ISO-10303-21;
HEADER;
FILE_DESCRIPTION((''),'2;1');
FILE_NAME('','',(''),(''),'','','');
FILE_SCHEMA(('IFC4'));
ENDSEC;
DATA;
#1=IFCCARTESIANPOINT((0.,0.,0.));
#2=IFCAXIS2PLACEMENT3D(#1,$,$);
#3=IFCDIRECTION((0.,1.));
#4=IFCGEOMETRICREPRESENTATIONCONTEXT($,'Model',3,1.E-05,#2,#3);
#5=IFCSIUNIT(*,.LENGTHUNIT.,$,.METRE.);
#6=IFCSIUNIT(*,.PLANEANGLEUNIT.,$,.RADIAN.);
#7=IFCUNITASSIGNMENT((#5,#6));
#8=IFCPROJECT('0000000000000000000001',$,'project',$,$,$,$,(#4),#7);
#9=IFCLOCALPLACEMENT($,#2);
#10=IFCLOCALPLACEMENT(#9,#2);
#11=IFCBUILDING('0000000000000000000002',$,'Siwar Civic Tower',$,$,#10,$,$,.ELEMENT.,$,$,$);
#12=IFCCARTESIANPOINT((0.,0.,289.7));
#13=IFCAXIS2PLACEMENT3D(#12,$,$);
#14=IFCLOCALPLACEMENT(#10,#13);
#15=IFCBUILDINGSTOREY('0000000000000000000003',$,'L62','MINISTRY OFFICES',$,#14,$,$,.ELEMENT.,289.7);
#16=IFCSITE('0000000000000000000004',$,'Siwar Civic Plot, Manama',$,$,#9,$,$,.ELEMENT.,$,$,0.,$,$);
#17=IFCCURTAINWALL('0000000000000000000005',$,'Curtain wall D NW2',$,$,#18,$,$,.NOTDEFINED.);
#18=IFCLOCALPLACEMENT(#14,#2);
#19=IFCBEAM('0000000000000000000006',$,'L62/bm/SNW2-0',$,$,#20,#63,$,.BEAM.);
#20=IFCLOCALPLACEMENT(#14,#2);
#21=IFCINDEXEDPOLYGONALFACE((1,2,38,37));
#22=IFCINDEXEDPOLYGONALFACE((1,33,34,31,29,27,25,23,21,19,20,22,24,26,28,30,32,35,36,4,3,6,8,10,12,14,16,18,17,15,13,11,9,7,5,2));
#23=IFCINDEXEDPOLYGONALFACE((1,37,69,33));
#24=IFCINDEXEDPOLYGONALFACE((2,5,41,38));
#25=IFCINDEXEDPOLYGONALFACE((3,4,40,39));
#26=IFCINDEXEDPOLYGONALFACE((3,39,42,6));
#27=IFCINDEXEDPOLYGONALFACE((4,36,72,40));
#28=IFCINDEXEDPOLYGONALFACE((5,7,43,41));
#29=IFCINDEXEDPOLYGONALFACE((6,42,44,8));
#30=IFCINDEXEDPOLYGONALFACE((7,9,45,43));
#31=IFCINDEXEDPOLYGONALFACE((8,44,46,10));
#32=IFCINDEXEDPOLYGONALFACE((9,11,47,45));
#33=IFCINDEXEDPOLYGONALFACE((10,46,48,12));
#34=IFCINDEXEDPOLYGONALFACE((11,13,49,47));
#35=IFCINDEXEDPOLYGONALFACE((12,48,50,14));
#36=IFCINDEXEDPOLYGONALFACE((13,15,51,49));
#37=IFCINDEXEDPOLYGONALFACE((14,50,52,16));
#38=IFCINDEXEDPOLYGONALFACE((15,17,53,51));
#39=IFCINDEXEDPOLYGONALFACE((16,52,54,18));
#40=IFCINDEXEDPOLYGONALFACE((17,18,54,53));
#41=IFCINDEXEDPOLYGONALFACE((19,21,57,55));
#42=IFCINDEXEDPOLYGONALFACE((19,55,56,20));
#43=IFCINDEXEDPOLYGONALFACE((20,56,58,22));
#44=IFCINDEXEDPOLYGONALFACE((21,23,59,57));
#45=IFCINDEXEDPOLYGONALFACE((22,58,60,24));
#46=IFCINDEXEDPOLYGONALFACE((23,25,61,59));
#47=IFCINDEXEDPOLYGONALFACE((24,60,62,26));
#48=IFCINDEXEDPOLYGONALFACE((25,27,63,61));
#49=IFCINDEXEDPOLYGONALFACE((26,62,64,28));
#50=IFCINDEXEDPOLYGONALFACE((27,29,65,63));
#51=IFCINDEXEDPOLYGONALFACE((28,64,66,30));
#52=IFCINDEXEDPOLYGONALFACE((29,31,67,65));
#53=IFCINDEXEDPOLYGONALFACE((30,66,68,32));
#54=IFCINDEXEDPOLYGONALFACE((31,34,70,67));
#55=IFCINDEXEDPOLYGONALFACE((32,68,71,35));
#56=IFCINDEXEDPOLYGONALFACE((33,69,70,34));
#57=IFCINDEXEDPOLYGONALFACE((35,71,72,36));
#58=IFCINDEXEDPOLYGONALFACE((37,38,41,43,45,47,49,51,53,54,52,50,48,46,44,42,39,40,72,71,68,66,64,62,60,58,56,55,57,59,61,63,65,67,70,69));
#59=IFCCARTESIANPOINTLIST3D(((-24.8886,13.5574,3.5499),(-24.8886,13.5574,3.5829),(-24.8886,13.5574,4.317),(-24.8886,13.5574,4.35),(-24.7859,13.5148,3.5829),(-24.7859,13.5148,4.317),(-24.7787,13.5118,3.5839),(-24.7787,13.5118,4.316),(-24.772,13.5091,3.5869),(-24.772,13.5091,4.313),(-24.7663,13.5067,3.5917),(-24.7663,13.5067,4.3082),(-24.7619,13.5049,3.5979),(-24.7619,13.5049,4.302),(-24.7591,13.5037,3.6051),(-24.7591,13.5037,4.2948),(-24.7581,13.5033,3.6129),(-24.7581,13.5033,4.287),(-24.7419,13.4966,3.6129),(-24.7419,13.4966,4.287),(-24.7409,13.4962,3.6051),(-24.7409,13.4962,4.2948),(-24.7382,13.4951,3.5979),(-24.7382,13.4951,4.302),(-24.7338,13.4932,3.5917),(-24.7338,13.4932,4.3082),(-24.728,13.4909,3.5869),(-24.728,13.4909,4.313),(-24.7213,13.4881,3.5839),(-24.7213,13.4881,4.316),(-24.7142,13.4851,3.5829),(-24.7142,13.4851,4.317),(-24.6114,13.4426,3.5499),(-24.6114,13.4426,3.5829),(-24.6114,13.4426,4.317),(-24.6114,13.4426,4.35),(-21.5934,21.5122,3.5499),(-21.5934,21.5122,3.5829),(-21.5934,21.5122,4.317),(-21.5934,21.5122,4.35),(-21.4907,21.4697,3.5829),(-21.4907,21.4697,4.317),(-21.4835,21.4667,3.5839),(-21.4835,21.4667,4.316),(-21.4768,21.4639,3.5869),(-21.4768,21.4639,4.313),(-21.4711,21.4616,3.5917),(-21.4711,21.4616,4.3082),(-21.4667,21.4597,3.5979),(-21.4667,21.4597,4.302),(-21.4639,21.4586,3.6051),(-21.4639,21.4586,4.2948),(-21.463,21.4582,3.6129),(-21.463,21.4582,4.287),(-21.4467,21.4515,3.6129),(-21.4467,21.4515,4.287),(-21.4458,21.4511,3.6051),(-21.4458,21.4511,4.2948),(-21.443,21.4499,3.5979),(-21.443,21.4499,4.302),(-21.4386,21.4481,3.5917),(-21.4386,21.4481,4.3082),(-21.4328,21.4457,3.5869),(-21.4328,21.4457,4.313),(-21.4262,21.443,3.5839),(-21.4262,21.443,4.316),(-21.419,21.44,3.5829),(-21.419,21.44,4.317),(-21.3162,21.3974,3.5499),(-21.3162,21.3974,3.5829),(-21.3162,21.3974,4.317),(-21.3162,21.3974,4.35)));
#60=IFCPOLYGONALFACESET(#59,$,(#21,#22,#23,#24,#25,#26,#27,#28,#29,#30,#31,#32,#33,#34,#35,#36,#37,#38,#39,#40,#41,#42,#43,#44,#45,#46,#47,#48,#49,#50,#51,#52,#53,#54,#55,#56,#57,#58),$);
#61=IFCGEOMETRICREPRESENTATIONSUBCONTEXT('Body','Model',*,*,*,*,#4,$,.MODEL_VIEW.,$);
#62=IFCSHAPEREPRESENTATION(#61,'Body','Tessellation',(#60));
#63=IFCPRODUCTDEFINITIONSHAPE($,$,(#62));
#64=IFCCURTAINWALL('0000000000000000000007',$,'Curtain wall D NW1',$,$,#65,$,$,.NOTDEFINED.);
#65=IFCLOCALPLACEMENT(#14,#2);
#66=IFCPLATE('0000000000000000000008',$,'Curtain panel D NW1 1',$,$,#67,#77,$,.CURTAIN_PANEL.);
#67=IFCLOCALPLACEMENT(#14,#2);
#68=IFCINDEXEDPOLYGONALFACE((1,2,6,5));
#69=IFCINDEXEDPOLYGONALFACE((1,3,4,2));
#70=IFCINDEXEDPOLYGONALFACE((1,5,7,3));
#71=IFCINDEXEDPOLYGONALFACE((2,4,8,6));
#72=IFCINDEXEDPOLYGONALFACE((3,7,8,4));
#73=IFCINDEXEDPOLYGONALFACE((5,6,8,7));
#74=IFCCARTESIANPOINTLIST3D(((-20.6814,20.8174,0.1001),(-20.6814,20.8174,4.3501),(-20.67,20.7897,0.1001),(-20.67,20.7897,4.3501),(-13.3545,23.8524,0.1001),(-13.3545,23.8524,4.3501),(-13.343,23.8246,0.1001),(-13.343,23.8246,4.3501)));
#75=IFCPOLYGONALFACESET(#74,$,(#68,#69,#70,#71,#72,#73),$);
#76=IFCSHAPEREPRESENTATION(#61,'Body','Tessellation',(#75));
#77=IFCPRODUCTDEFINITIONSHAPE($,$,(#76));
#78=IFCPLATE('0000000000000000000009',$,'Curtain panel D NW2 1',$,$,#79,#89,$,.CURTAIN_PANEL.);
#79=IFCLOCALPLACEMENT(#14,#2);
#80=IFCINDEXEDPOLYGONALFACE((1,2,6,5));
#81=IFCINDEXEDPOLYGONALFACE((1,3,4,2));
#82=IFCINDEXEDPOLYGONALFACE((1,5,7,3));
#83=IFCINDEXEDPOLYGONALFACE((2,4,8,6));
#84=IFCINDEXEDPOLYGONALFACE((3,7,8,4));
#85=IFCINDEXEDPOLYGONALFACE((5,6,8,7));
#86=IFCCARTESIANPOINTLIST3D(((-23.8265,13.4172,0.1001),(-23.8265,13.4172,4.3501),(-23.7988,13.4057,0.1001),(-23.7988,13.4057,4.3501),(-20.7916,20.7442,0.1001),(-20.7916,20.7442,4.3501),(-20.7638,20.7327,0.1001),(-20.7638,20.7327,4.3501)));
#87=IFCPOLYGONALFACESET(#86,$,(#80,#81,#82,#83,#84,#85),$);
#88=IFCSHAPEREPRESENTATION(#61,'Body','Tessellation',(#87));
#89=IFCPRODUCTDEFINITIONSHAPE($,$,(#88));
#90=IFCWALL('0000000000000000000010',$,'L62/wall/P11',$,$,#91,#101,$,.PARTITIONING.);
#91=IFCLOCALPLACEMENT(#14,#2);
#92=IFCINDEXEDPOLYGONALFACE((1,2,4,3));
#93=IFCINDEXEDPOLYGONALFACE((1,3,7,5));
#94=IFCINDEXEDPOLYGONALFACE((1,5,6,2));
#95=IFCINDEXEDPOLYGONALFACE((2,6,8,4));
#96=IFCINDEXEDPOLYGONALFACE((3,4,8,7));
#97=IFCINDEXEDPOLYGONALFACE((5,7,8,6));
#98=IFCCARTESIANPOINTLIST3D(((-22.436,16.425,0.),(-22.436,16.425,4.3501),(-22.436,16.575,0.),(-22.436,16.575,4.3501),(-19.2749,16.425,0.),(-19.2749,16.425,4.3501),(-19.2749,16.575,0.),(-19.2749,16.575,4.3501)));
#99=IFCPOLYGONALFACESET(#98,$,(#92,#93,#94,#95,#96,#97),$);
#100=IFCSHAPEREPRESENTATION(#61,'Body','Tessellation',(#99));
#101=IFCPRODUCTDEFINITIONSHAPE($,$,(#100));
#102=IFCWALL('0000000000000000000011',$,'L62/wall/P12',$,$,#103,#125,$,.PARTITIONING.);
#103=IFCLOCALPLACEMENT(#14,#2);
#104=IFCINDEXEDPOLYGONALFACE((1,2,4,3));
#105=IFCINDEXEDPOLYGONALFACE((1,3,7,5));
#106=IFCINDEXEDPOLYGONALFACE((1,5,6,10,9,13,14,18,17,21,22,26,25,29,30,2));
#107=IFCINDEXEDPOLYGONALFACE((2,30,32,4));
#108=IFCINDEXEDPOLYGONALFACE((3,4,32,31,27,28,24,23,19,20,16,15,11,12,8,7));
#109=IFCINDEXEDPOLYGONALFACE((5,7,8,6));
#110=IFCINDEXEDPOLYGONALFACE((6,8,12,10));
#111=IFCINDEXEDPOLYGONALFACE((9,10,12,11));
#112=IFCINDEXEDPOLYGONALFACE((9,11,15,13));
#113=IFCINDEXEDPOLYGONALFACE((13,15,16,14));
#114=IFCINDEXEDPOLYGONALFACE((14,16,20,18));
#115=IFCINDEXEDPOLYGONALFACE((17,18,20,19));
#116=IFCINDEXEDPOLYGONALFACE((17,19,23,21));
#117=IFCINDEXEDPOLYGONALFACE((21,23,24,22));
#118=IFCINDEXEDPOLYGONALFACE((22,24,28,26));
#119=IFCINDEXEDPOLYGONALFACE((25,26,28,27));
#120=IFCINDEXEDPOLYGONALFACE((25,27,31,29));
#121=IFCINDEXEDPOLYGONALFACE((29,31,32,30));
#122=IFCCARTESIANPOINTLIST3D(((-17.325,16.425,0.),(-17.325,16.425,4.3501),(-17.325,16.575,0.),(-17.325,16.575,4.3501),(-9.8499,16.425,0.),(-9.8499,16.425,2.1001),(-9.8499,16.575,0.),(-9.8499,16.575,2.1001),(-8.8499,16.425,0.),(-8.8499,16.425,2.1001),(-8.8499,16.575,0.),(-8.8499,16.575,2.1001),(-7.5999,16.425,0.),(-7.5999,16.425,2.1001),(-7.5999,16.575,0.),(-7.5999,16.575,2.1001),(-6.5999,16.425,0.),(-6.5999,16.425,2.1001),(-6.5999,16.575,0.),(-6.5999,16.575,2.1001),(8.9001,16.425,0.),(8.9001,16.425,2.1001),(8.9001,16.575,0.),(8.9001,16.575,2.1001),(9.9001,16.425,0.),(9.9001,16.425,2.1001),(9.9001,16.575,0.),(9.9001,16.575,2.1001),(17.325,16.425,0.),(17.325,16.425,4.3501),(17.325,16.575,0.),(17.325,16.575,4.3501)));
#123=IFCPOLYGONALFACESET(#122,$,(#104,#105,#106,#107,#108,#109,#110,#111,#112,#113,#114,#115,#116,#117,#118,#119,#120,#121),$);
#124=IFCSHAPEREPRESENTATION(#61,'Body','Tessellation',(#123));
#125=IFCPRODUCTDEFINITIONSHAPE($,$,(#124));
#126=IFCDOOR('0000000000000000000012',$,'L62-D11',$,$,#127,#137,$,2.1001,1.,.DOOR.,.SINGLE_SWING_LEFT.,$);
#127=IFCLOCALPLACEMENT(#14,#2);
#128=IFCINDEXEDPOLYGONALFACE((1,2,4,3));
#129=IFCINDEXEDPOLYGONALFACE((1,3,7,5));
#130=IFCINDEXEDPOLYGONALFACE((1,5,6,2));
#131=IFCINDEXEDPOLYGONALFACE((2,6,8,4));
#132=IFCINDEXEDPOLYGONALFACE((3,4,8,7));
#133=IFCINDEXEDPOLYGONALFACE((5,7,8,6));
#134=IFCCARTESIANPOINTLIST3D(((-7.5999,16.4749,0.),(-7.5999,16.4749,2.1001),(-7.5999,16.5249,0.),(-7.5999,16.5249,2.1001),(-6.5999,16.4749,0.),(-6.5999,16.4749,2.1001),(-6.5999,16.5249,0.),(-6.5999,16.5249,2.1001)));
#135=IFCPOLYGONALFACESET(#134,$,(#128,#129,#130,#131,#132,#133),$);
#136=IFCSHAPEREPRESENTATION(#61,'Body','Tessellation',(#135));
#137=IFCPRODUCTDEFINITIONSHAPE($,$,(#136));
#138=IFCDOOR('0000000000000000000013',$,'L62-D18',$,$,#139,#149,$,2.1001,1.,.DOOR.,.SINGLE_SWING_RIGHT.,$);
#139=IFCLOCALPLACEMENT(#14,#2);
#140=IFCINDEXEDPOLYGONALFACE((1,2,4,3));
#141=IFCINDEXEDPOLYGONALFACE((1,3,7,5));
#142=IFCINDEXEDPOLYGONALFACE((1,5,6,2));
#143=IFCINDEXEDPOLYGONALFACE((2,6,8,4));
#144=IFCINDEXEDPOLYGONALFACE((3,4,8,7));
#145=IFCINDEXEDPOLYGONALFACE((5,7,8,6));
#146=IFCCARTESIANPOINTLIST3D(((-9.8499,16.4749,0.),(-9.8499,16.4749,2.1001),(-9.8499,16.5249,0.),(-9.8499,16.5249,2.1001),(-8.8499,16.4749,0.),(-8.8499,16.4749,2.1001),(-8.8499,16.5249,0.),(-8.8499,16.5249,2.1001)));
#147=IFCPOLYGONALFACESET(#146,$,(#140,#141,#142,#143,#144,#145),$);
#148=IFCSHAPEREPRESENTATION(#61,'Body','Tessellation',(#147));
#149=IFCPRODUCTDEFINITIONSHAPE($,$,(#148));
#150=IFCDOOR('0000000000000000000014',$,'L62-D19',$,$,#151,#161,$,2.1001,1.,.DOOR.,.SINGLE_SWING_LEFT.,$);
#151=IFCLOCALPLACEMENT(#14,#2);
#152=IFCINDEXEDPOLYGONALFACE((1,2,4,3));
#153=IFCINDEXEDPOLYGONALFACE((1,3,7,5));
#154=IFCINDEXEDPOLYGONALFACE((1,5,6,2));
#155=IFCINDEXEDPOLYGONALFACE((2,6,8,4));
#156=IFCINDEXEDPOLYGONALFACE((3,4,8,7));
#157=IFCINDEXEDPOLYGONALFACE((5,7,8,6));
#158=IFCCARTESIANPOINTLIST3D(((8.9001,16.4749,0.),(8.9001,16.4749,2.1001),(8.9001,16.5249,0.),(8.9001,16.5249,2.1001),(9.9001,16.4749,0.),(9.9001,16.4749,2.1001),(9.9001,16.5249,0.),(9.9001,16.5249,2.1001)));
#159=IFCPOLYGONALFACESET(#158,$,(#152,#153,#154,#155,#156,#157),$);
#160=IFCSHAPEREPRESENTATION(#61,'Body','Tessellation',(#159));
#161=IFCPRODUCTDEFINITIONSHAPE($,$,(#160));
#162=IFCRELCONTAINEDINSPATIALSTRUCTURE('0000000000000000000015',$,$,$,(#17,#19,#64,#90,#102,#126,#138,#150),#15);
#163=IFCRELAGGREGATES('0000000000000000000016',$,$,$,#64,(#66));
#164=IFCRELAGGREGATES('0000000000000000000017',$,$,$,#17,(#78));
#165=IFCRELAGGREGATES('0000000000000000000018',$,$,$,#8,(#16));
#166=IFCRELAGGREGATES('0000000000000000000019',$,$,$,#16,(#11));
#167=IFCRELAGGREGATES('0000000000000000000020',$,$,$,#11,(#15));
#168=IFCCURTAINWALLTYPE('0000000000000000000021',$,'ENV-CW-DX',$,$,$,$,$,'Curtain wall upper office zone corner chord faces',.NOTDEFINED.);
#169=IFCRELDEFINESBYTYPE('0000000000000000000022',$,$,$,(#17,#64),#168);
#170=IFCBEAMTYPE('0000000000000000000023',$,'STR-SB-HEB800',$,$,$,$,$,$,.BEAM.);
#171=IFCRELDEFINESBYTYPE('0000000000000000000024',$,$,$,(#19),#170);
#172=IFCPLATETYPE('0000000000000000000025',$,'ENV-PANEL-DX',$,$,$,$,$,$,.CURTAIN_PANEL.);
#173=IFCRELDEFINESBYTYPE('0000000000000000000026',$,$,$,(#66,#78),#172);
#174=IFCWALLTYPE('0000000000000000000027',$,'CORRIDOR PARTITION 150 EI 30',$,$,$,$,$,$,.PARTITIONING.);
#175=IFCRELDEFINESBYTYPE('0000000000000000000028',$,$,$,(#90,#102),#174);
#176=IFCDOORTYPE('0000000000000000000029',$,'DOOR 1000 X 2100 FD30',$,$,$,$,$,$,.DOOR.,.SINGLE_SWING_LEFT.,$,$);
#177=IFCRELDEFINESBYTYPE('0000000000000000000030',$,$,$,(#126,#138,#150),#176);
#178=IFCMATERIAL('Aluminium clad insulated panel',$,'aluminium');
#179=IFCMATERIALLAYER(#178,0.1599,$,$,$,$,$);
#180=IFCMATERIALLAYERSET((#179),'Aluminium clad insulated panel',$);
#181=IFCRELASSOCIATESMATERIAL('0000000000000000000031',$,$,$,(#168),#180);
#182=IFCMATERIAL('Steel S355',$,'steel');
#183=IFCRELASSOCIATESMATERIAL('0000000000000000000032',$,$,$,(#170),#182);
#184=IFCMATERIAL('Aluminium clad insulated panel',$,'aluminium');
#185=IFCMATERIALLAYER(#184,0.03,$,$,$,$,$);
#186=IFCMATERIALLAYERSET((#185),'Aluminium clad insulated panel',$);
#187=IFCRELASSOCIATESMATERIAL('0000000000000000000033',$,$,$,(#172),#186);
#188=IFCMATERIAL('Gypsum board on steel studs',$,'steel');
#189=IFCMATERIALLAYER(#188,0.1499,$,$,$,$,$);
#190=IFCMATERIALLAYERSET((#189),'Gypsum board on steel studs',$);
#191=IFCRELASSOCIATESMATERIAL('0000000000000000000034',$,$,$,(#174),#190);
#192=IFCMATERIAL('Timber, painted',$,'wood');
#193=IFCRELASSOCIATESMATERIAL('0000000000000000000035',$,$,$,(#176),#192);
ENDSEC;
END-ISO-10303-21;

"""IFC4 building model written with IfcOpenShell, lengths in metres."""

from ifc_helpers import new_model, si_unit, direction, frame, frame_2d, origin, origin_2d, place, context, subcontext, project, spatial, rectangle, i_section, extrude, material, layer, layer_set, material_profile, profile_set, type_object, element, fill, aggregate, save


model = new_model("IFC4")

# Units and contexts
model_context = context("Model", 3, precision=1e-05, world=origin(), true_north=direction((0.0, 1.0)))
body_context = subcontext(model_context, "Body", "Model", "MODEL_VIEW")
ifc_project = project(units=[si_unit("LENGTHUNIT", "METRE"), si_unit("PLANEANGLEUNIT", "RADIAN")], contexts=[model_context])

# Site, building, storey
site_placement = place(None, origin())
site = spatial("IfcSite", under=ifc_project, at=site_placement, Name="Siwar Civic Plot, Manama", CompositionType="ELEMENT", RefElevation=0.0)
building_placement = place(site_placement, origin())
building = spatial("IfcBuilding", under=site, at=building_placement, Name="Siwar Civic Tower", CompositionType="ELEMENT")
storey_placement = place(building_placement, frame((0.0, 0.0, 289.7)))
storey = spatial("IfcBuildingStorey", under=building, at=storey_placement, Name="L62", Description="MINISTRY OFFICES", CompositionType="ELEMENT", Elevation=289.7)

# Curtain wall
ifc_material_1 = material(Name="Aluminium clad insulated panel", Category="aluminium")
ifc_layer_1 = layer(ifc_material_1, 0.1599)
ifc_layer_set_1 = layer_set([ifc_layer_1], Name="Aluminium clad insulated panel")
curtain_wall_type = type_object("IfcCurtainWallType", Name="ENV-CW-DX", ElementType="Curtain wall upper office zone corner chord faces", PredefinedType="NOTDEFINED", material=ifc_layer_set_1)
curtain_wall_1_placement = place(storey_placement, origin())
curtain_wall_1 = element("IfcCurtainWall", 1, at=curtain_wall_1_placement, inside=storey, type_object=curtain_wall_type, Name="Curtain wall D NW2", PredefinedType="NOTDEFINED")

# Beam
ifc_material_2 = material(Name="Steel S355", Category="steel")
ifc_material_profile_1 = material_profile(ifc_material_2, i_section(OverallWidth=0.3, OverallDepth=0.8, WebThickness=0.0176, FlangeThickness=0.033, FilletRadius=0.03, at=origin_2d()), Name="HEB800")
ifc_profile_set_1 = profile_set([ifc_material_profile_1], Name="Steel S355")
beam_type_1 = type_object("IfcBeamType", Name="STR-SB-HEB800", PredefinedType="BEAM", material=ifc_profile_set_1)
beam_1_placement = place(storey_placement, frame((-21.4548, 21.4548, 3.95), z_axis=(-0.3827, -0.923873, 0.0), x_axis=(0.923873, -0.3827, 0.0)))
element("IfcBeam", 2, at=beam_1_placement, inside=storey, type_object=beam_type_1, Name="L62/bm/SNW2-0", PredefinedType="BEAM", context=body_context, shape_type="SweptSolid", body=[
    extrude(i_section(OverallWidth=0.3, OverallDepth=0.8, WebThickness=0.0176, FlangeThickness=0.033, FilletRadius=0.03, at=origin_2d()), origin(), (0.0, 0.0, 1.0), 8.6104),
])

# Curtain wall, plate
curtain_wall_2_placement = place(storey_placement, origin())
curtain_wall_2 = element("IfcCurtainWall", 3, at=curtain_wall_2_placement, inside=storey, type_object=curtain_wall_type, Name="Curtain wall D NW1", PredefinedType="NOTDEFINED")
ifc_material_3 = material(Name="Aluminium clad insulated panel", Category="aluminium")
ifc_layer_2 = layer(ifc_material_3, 0.03)
ifc_layer_set_2 = layer_set([ifc_layer_2], Name="Aluminium clad insulated panel")
plate_type = type_object("IfcPlateType", Name="ENV-PANEL-DX", PredefinedType="CURTAIN_PANEL", material=ifc_layer_set_2)
plate_1_placement = place(storey_placement, frame((-17.0122, 22.321, 0.1001), z_axis=(0.0, 0.0, 1.0), x_axis=(-0.92388, -0.382683, 0.0)))
plate_1 = element("IfcPlate", 4, at=plate_1_placement, type_object=plate_type, Name="Curtain panel D NW1 1", PredefinedType="CURTAIN_PANEL", context=body_context, shape_type="SweptSolid", body=[
    extrude(rectangle(XDim=7.9307, YDim=0.03, at=origin_2d()), origin(), (0.0, 0.0, 1.0), 4.25),
])
aggregate(curtain_wall_2, [plate_1])

# Plate
plate_2_placement = place(storey_placement, frame((-22.2952, 17.075, 0.1001), z_axis=(0.0, 0.0, 1.0), x_axis=(-0.382683, -0.92388, 0.0)))
plate_2 = element("IfcPlate", 5, at=plate_2_placement, type_object=plate_type, Name="Curtain panel D NW2 1", PredefinedType="CURTAIN_PANEL", context=body_context, shape_type="SweptSolid", body=[
    extrude(rectangle(XDim=7.9307, YDim=0.03, at=origin_2d()), origin(), (0.0, 0.0, 1.0), 4.25),
])
aggregate(curtain_wall_1, [plate_2])

# Wall
ifc_material_4 = material(Name="Gypsum board on steel studs", Category="steel")
ifc_layer_3 = layer(ifc_material_4, 0.1499)
ifc_layer_set_3 = layer_set([ifc_layer_3], Name="Gypsum board on steel studs")
wall_type = type_object("IfcWallType", Name="CORRIDOR PARTITION 150 EI 30", PredefinedType="PARTITIONING", material=ifc_layer_set_3)
wall_1_placement = place(storey_placement, frame((-22.436, 16.5, 0.0), z_axis=(0.0, 0.0, 1.0), x_axis=(1.0, 0.0, 0.0)))
element("IfcWall", 6, at=wall_1_placement, inside=storey, type_object=wall_type, Name="L62/wall/P11", PredefinedType="PARTITIONING", context=body_context, shape_type="SweptSolid", body=[
    extrude(rectangle(XDim=3.1611, YDim=0.1499, at=frame_2d((1.5806, 0.0))), origin(), (0.0, 0.0, 1.0), 4.3501),
])

# Wall, openings, doors
wall_2_placement = place(storey_placement, frame((-17.325, 16.5, 0.0), z_axis=(0.0, 0.0, 1.0), x_axis=(1.0, 0.0, 0.0)))
wall_2 = element("IfcWall", 7, at=wall_2_placement, inside=storey, type_object=wall_type, Name="L62/wall/P12", PredefinedType="PARTITIONING", context=body_context, shape_type="SweptSolid", body=[
    extrude(rectangle(XDim=34.6499, YDim=0.1499, at=frame_2d((17.325, 0.0))), origin(), (0.0, 0.0, 1.0), 4.3501),
])
opening_1_placement = place(wall_2_placement, frame((9.7251, 0.0, 0.0)))
opening_1 = element("IfcOpeningElement", 8, at=opening_1_placement, cuts=wall_2, PredefinedType="OPENING", context=body_context, shape_type="SweptSolid", body=[
    extrude(rectangle(XDim=1.0, YDim=2.1001, at=frame_2d((0.5, 1.05))), frame((0.0, 0.085, 0.0), z_axis=(0.0, -1.0, 0.0), x_axis=(1.0, 0.0, 0.0)), (0.0, 0.0, 1.0), 0.1699),
])
opening_2_placement = place(wall_2_placement, frame((7.4751, 0.0, 0.0)))
opening_2 = element("IfcOpeningElement", 9, at=opening_2_placement, cuts=wall_2, PredefinedType="OPENING", context=body_context, shape_type="SweptSolid", body=[
    extrude(rectangle(XDim=1.0, YDim=2.1001, at=frame_2d((0.5, 1.05))), frame((0.0, 0.085, 0.0), z_axis=(0.0, -1.0, 0.0), x_axis=(1.0, 0.0, 0.0)), (0.0, 0.0, 1.0), 0.1699),
])
opening_3_placement = place(wall_2_placement, frame((26.2251, 0.0, 0.0)))
opening_3 = element("IfcOpeningElement", 10, at=opening_3_placement, cuts=wall_2, PredefinedType="OPENING", context=body_context, shape_type="SweptSolid", body=[
    extrude(rectangle(XDim=1.0, YDim=2.1001, at=frame_2d((0.5, 1.05))), frame((0.0, 0.085, 0.0), z_axis=(0.0, -1.0, 0.0), x_axis=(1.0, 0.0, 0.0)), (0.0, 0.0, 1.0), 0.1699),
])
ifc_material_5 = material(Name="Timber, painted", Category="wood")
door_type = type_object("IfcDoorType", Name="DOOR 1000 X 2100 FD30", OperationType="SINGLE_SWING_LEFT", PredefinedType="DOOR", material=ifc_material_5)
door_1_placement = place(opening_1_placement, origin())
door_1 = element("IfcDoor", 11, at=door_1_placement, inside=storey, type_object=door_type, Name="L62-D11", OperationType="SINGLE_SWING_LEFT", OverallHeight=2.1001, OverallWidth=1.0, PredefinedType="DOOR", context=body_context, shape_type="SweptSolid", body=[
    extrude(rectangle(XDim=1.0, YDim=2.1001, at=frame_2d((0.5, 1.05))), frame((0.0, 0.0249, 0.0), z_axis=(0.0, -1.0, 0.0), x_axis=(1.0, 0.0, 0.0)), (0.0, 0.0, 1.0), 0.05),
])
fill(opening_1, door_1)
door_2_placement = place(opening_2_placement, origin())
door_2 = element("IfcDoor", 12, at=door_2_placement, inside=storey, type_object=door_type, Name="L62-D18", OperationType="SINGLE_SWING_RIGHT", OverallHeight=2.1001, OverallWidth=1.0, PredefinedType="DOOR", context=body_context, shape_type="SweptSolid", body=[
    extrude(rectangle(XDim=1.0, YDim=2.1001, at=frame_2d((0.5, 1.05))), frame((0.0, 0.0249, 0.0), z_axis=(0.0, -1.0, 0.0), x_axis=(1.0, 0.0, 0.0)), (0.0, 0.0, 1.0), 0.05),
])
fill(opening_2, door_2)
door_3_placement = place(opening_3_placement, origin())
door_3 = element("IfcDoor", 13, at=door_3_placement, inside=storey, type_object=door_type, Name="L62-D19", OperationType="SINGLE_SWING_LEFT", OverallHeight=2.1001, OverallWidth=1.0, PredefinedType="DOOR", context=body_context, shape_type="SweptSolid", body=[
    extrude(rectangle(XDim=1.0, YDim=2.1001, at=frame_2d((0.5, 1.05))), frame((0.0, 0.0249, 0.0), z_axis=(0.0, -1.0, 0.0), x_axis=(1.0, 0.0, 0.0)), (0.0, 0.0, 1.0), 0.05),
])
fill(opening_3, door_3)

save(model, "model.ifc")
